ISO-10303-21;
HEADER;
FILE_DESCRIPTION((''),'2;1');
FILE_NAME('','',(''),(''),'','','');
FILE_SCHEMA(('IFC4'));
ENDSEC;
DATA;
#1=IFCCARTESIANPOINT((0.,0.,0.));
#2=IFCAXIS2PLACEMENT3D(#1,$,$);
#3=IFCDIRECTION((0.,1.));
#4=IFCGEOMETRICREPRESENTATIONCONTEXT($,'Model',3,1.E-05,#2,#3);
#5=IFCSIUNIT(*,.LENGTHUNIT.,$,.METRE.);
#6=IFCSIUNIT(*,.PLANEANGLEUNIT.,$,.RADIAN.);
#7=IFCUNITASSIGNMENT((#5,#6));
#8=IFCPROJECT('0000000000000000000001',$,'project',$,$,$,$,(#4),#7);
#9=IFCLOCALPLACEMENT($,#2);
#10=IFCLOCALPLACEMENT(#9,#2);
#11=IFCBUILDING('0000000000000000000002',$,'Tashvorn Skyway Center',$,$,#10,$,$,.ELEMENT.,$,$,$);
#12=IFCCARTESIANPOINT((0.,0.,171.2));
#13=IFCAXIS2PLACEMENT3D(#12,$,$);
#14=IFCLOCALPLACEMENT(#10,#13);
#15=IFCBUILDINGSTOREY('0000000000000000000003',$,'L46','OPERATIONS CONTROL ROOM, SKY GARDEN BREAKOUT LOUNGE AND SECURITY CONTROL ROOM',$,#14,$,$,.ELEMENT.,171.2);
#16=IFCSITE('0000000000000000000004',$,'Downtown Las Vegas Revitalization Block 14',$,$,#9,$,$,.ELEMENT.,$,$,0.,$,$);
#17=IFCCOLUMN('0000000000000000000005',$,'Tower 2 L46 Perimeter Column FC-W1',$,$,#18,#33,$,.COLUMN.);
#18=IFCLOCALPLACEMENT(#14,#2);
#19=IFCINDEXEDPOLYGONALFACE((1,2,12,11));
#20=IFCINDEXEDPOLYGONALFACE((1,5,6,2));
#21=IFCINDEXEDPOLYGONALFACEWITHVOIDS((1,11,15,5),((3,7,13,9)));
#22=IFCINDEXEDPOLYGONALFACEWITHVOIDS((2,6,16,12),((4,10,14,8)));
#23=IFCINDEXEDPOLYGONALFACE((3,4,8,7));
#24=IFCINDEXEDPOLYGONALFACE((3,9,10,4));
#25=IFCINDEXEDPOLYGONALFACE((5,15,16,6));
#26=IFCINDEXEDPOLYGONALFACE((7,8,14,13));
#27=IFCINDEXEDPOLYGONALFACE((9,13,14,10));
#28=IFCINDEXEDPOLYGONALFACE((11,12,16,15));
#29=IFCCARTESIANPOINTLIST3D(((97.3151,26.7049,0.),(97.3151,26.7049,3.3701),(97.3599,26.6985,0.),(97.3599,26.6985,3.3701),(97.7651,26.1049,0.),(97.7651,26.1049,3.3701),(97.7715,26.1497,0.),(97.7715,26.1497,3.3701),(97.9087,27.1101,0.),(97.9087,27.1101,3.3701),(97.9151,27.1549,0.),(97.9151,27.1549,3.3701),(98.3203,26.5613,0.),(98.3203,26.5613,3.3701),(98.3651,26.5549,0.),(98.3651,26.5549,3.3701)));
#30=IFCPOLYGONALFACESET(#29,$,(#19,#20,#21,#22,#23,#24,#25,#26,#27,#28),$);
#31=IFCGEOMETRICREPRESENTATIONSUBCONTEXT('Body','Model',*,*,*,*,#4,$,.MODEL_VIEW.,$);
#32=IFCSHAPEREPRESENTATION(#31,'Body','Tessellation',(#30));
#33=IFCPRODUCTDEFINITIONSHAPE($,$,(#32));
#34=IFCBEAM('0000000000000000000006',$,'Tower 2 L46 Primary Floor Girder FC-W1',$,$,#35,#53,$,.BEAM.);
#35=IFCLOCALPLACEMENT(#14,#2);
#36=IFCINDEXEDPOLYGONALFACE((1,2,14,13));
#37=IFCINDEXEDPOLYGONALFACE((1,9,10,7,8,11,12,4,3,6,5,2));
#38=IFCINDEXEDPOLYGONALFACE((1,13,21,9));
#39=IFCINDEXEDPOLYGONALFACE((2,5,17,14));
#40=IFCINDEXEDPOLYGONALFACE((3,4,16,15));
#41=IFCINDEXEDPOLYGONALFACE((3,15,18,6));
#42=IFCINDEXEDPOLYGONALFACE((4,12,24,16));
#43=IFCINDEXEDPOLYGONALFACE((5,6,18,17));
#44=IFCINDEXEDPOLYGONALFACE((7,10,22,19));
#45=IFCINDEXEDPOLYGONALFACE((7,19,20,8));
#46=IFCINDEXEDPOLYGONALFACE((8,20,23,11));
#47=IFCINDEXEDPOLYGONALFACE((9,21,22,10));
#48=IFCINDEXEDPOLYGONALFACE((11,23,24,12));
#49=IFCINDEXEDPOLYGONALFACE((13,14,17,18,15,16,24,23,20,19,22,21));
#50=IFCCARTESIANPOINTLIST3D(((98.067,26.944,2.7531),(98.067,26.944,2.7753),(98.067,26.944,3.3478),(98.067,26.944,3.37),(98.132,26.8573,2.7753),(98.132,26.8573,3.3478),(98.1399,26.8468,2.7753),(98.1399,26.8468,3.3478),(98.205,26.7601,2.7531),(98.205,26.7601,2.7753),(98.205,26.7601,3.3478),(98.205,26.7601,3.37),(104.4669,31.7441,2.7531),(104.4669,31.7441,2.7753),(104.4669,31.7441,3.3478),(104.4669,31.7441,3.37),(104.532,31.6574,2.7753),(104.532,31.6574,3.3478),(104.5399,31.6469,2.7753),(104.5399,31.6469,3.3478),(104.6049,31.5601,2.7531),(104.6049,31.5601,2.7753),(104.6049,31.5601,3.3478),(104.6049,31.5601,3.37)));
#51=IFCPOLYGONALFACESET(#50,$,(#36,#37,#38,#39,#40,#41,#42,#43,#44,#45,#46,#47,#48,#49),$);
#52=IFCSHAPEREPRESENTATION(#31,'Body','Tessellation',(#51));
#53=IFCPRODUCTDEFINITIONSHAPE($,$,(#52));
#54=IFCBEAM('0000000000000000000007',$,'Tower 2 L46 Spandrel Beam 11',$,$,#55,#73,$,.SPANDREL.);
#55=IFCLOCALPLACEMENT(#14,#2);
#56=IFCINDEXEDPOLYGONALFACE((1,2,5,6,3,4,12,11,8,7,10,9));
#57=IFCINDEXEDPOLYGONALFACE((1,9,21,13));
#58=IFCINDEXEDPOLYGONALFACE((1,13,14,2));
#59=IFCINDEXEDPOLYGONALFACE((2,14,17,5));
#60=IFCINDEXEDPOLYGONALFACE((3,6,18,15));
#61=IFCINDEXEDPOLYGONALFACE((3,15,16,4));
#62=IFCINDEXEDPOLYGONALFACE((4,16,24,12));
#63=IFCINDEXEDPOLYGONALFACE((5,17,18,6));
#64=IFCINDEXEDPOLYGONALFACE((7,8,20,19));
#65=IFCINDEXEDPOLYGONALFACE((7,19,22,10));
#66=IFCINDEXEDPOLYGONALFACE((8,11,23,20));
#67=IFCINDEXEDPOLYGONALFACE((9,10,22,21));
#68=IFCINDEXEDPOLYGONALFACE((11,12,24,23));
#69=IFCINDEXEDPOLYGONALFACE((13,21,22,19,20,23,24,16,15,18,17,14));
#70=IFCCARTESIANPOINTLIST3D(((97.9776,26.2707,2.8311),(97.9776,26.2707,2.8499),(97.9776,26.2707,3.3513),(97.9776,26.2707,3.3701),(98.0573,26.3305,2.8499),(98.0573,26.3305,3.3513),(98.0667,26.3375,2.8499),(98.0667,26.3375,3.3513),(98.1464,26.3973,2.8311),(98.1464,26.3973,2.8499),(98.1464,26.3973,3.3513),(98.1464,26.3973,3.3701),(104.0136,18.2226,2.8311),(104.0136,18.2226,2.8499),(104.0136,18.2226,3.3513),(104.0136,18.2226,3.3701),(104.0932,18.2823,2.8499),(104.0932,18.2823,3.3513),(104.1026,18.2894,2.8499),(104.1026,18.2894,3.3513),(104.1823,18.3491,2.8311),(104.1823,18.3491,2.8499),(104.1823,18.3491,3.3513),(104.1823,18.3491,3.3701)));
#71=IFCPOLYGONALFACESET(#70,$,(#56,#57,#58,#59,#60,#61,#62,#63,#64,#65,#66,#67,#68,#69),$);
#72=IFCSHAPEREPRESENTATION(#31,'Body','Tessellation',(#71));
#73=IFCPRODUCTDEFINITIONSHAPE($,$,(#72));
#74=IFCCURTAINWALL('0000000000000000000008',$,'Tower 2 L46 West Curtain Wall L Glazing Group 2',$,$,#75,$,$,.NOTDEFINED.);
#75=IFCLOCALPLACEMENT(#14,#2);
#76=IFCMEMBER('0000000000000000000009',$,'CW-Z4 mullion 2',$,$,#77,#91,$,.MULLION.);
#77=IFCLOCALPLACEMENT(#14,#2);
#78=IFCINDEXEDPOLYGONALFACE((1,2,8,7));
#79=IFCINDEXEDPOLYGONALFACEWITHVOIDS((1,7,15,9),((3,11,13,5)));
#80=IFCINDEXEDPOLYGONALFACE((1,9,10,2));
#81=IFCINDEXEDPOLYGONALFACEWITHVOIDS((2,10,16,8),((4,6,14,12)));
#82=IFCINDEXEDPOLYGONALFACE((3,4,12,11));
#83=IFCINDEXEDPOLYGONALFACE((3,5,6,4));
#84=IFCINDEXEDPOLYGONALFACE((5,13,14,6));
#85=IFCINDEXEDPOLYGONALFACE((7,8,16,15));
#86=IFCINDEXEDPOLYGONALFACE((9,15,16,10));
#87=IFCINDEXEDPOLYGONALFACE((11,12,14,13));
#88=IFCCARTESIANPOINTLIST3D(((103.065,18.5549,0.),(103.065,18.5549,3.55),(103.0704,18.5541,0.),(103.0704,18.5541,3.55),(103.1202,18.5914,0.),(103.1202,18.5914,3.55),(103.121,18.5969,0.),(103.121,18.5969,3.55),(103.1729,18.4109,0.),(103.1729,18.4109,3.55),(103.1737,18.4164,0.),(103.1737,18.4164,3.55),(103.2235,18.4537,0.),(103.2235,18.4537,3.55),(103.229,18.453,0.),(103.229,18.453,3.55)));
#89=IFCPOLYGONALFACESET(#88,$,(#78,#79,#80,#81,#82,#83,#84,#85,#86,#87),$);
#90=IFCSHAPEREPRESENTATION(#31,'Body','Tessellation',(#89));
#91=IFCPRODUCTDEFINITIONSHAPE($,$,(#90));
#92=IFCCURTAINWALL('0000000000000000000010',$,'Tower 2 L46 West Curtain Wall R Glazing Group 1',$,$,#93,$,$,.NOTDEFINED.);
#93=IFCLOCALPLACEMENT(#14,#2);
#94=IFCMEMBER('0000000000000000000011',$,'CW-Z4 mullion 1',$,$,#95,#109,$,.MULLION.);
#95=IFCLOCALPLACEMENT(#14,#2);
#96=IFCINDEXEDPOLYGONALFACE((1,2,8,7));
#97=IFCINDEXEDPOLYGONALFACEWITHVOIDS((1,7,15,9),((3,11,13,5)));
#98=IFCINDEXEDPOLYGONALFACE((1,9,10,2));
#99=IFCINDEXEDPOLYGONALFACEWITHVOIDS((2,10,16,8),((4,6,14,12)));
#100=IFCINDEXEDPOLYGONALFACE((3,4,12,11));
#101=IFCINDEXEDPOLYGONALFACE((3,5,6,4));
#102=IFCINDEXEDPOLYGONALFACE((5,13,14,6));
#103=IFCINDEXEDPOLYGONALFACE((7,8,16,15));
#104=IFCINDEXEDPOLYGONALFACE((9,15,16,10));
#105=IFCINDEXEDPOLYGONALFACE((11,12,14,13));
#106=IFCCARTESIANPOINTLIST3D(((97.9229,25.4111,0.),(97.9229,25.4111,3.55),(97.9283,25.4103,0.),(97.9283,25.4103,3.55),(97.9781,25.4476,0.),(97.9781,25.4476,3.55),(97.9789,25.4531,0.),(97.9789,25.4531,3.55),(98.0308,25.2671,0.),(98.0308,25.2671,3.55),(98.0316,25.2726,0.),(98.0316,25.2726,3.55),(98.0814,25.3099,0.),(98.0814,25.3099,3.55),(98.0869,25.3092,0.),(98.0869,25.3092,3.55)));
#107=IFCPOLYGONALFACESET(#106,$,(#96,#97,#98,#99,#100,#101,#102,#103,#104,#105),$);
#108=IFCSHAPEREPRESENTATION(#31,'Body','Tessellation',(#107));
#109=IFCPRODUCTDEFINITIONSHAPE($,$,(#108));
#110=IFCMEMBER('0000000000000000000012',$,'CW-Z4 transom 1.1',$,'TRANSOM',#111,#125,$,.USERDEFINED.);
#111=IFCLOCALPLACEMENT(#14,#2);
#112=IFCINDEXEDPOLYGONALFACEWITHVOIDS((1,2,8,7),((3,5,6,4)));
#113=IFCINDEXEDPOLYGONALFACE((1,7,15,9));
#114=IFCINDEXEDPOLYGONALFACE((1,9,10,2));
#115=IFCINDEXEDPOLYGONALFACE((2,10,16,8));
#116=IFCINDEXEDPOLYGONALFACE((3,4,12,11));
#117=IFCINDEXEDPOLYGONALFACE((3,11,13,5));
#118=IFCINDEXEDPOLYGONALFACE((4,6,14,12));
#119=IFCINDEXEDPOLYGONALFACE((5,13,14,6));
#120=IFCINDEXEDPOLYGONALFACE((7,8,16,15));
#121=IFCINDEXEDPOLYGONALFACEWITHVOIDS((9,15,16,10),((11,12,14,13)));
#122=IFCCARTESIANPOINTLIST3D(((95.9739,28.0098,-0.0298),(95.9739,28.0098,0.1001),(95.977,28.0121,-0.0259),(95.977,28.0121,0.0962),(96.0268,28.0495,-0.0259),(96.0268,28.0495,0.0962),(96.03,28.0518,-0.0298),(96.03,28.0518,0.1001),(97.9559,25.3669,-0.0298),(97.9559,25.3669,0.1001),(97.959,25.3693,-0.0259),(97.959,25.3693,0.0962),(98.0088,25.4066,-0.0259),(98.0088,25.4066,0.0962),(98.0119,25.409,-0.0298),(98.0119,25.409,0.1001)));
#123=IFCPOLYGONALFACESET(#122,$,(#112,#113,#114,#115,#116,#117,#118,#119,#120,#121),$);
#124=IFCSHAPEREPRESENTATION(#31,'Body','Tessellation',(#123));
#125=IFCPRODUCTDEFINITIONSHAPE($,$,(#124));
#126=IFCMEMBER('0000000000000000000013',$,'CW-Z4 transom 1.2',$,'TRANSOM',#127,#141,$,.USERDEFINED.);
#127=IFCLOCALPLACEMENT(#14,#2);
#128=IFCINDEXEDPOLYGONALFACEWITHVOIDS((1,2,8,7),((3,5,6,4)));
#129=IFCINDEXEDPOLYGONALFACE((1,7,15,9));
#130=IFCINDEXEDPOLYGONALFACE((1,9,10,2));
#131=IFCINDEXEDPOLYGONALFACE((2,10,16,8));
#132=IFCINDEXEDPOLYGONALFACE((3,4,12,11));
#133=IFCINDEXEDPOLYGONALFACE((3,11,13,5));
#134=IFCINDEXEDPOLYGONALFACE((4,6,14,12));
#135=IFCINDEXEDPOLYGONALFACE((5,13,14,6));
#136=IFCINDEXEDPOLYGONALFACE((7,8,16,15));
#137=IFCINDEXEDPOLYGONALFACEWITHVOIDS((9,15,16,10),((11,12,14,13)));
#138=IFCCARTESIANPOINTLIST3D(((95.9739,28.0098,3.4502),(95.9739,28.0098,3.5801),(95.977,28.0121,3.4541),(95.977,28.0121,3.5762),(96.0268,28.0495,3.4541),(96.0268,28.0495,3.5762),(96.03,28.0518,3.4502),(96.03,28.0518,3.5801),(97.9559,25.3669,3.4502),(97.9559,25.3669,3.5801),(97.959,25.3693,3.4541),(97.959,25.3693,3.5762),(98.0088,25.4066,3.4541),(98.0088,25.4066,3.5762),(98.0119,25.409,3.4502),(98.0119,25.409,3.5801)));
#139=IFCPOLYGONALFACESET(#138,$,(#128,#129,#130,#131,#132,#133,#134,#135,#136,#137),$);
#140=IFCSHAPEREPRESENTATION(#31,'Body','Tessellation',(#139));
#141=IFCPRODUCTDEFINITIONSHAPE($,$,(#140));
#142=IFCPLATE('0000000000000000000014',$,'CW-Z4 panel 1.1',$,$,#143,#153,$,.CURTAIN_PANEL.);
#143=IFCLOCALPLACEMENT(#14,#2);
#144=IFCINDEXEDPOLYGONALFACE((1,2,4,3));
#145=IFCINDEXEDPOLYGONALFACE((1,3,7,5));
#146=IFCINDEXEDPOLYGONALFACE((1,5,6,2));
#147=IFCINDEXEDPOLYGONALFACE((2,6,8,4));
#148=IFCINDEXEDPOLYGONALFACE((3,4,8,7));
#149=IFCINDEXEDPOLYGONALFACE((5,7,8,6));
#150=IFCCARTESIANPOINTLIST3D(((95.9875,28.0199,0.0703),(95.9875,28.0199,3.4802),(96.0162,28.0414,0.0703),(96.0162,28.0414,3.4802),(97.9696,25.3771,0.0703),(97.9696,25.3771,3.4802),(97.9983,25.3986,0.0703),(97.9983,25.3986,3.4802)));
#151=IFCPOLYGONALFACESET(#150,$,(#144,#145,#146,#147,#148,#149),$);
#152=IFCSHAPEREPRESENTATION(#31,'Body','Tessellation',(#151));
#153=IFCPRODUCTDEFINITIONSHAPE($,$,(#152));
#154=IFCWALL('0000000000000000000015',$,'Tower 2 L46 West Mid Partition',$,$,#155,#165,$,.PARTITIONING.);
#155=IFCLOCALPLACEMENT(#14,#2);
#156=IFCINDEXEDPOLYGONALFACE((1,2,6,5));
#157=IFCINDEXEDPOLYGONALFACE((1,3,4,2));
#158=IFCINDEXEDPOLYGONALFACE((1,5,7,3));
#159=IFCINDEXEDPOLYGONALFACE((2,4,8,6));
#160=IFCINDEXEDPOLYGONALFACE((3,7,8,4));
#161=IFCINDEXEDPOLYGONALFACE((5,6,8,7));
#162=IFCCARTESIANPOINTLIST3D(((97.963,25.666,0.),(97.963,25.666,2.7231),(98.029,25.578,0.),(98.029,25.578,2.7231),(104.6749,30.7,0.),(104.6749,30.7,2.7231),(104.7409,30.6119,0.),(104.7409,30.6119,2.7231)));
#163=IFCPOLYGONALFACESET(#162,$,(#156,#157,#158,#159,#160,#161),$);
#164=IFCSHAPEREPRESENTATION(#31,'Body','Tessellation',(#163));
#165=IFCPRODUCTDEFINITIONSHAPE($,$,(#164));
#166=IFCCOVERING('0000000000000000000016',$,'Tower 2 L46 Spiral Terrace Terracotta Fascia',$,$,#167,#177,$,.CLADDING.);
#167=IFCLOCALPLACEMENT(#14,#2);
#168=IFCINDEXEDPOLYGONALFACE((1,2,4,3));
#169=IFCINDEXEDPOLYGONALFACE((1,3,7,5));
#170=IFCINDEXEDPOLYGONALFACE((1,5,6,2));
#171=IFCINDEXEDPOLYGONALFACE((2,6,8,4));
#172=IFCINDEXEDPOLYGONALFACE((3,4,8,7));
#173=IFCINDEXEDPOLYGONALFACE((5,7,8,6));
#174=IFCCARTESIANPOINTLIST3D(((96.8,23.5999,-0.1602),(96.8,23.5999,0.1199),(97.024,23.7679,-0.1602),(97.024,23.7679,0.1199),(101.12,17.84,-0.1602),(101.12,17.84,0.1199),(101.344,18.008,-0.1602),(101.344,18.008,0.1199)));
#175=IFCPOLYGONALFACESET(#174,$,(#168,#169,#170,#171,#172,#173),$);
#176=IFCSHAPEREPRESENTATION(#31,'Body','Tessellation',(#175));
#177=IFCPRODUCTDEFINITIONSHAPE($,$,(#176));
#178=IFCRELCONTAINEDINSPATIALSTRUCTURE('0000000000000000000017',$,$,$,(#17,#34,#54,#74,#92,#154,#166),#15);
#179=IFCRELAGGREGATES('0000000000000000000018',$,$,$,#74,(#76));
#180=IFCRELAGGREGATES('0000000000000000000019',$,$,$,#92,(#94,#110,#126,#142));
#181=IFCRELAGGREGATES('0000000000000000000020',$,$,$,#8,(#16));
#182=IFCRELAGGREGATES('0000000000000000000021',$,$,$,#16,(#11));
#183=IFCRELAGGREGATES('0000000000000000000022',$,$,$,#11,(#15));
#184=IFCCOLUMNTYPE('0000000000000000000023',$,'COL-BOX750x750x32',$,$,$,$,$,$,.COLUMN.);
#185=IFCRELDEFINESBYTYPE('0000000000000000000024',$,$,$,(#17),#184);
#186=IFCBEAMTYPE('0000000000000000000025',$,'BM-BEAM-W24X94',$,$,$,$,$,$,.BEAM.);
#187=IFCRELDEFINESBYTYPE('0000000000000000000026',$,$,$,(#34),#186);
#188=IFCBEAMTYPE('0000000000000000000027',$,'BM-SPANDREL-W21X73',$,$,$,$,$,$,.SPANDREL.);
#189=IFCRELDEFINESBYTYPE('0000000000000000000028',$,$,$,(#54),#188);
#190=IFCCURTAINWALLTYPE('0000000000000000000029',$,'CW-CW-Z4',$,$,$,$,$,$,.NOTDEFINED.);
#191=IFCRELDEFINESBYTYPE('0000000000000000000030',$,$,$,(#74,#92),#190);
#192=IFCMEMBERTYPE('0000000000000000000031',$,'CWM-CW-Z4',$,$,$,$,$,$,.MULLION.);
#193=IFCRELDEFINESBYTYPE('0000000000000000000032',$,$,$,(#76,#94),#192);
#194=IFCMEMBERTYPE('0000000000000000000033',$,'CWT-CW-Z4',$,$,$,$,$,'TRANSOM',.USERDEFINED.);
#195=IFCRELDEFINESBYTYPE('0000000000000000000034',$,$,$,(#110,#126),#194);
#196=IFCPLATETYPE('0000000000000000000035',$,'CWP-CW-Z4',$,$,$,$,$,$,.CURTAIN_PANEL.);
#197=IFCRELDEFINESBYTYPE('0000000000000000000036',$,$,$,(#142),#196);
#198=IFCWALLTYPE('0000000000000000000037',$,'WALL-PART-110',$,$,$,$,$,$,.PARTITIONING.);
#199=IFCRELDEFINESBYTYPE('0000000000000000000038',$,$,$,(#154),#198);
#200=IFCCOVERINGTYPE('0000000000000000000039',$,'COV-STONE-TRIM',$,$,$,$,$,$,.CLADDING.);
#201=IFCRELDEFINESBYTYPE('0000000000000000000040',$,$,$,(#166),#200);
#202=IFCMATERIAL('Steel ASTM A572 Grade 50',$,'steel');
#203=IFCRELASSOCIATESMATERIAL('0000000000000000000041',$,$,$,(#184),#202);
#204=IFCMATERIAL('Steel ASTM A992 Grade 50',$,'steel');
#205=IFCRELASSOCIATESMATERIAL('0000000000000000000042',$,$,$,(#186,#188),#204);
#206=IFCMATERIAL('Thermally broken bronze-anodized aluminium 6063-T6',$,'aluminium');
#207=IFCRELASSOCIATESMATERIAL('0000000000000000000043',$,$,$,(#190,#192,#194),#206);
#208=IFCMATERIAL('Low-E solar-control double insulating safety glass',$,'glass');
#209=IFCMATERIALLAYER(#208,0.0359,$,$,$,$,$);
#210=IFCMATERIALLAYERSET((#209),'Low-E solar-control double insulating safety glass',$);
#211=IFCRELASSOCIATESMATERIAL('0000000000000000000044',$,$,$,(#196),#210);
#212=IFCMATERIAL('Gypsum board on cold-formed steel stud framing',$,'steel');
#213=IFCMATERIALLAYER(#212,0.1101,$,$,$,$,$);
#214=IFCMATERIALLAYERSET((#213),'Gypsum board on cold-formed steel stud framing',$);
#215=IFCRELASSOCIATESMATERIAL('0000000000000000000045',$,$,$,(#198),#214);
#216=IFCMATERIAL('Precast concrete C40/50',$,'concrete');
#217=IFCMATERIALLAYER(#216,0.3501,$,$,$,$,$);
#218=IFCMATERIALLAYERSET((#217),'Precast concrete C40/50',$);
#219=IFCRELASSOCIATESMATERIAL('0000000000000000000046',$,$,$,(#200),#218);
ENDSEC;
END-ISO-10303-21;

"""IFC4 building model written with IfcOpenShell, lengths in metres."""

from ifc_helpers import new_model, si_unit, direction, frame, frame_2d, origin, origin_2d, place, context, subcontext, project, spatial, rectangle, hollow_rectangle, i_section, extrude, material, layer, layer_set, material_profile, profile_set, type_object, element, aggregate, save


model = new_model("IFC4")

# Units and contexts
model_context = context("Model", 3, precision=1e-05, world=origin(), true_north=direction((0.0, 1.0)))
body_context = subcontext(model_context, "Body", "Model", "MODEL_VIEW")
ifc_project = project(units=[si_unit("LENGTHUNIT", "METRE"), si_unit("PLANEANGLEUNIT", "RADIAN")], contexts=[model_context])

# Site, building, storey
site_placement = place(None, origin())
site = spatial("IfcSite", under=ifc_project, at=site_placement, Name="Downtown Las Vegas Revitalization Block 14", CompositionType="ELEMENT", RefElevation=0.0)
building_placement = place(site_placement, origin())
building = spatial("IfcBuilding", under=site, at=building_placement, Name="Tashvorn Skyway Center", CompositionType="ELEMENT")
storey_placement = place(building_placement, frame((0.0, 0.0, 171.2)))
storey = spatial("IfcBuildingStorey", under=building, at=storey_placement, Name="L46", Description="OPERATIONS CONTROL ROOM, SKY GARDEN BREAKOUT LOUNGE AND SECURITY CONTROL ROOM", CompositionType="ELEMENT", Elevation=171.2)

# Column
ifc_material_1 = material(Name="Steel ASTM A572 Grade 50", Category="steel")
ifc_material_profile_1 = material_profile(ifc_material_1, hollow_rectangle(XDim=0.75, YDim=0.75, WallThickness=0.032, at=origin_2d()), Name="BOX750x750x32")
ifc_profile_set_1 = profile_set([ifc_material_profile_1], Name="Steel ASTM A572 Grade 50")
column_type = type_object("IfcColumnType", Name="COL-BOX750x750x32", PredefinedType="COLUMN", material=ifc_profile_set_1)
column_placement = place(storey_placement, frame((97.8401, 26.6299, 0.0), z_axis=(0.0, 0.0, 1.0), x_axis=(0.8, 0.6, 0.0)))
element("IfcColumn", 1, at=column_placement, inside=storey, type_object=column_type, Name="Tower 2 L46 Perimeter Column FC-W1", PredefinedType="COLUMN", context=body_context, shape_type="SweptSolid", body=[
    extrude(hollow_rectangle(XDim=0.75, YDim=0.75, WallThickness=0.032, at=origin_2d()), origin(), (0.0, 0.0, 1.0), 3.3701),
])

# Beams
ifc_material_2 = material(Name="Steel ASTM A992 Grade 50", Category="steel")
ifc_material_profile_2 = material_profile(ifc_material_2, i_section(OverallWidth=0.23, OverallDepth=0.6169, WebThickness=0.0132, FlangeThickness=0.0222, at=origin_2d()), Name="W24X94")
ifc_profile_set_2 = profile_set([ifc_material_profile_2], Name="Steel ASTM A992 Grade 50")
beam_type_1 = type_object("IfcBeamType", Name="BM-BEAM-W24X94", PredefinedType="BEAM", material=ifc_profile_set_2)
beam_1_placement = place(storey_placement, frame((98.136, 26.8521, 3.0615), z_axis=(0.799993, 0.60001, 0.0), x_axis=(-0.60001, 0.799993, 0.0)))
element("IfcBeam", 2, at=beam_1_placement, inside=storey, type_object=beam_type_1, Name="Tower 2 L46 Primary Floor Girder FC-W1", PredefinedType="BEAM", context=body_context, shape_type="SweptSolid", body=[
    extrude(i_section(OverallWidth=0.23, OverallDepth=0.6169, WebThickness=0.0132, FlangeThickness=0.0222, at=origin_2d()), origin(), (0.0, 0.0, 1.0), 8.0),
])
ifc_material_profile_3 = material_profile(ifc_material_2, i_section(OverallWidth=0.2109, OverallDepth=0.5391, WebThickness=0.0117, FlangeThickness=0.0188, at=origin_2d()), Name="W21X73")
ifc_profile_set_3 = profile_set([ifc_material_profile_3], Name="Steel ASTM A992 Grade 50")
beam_type_2 = type_object("IfcBeamType", Name="BM-SPANDREL-W21X73", PredefinedType="SPANDREL", material=ifc_profile_set_3)
beam_2_placement = place(storey_placement, frame((98.062, 26.334, 3.1006), z_axis=(0.599988, -0.800009, 0.0), x_axis=(0.800009, 0.599988, 0.0)))
element("IfcBeam", 3, at=beam_2_placement, inside=storey, type_object=beam_type_2, Name="Tower 2 L46 Spandrel Beam 11", PredefinedType="SPANDREL", context=body_context, shape_type="SweptSolid", body=[
    extrude(i_section(OverallWidth=0.2109, OverallDepth=0.5391, WebThickness=0.0117, FlangeThickness=0.0188, at=origin_2d()), origin(), (0.0, 0.0, 1.0), 10.0601),
])

# Curtain wall, member
ifc_material_3 = material(Name="Thermally broken bronze-anodized aluminium 6063-T6", Category="aluminium")
curtain_wall_type = type_object("IfcCurtainWallType", Name="CW-CW-Z4", PredefinedType="NOTDEFINED", material=ifc_material_3)
curtain_wall_1_placement = place(storey_placement, origin())
curtain_wall_1 = element("IfcCurtainWall", 4, at=curtain_wall_1_placement, inside=storey, type_object=curtain_wall_type, Name="Tower 2 L46 West Curtain Wall L Glazing Group 2", PredefinedType="NOTDEFINED")
ifc_material_profile_4 = material_profile(ifc_material_3, hollow_rectangle(XDim=0.0701, YDim=0.1799, WallThickness=0.0039, at=origin_2d()), Name="ALU-MULL-70x180")
ifc_profile_set_4 = profile_set([ifc_material_profile_4], Name="Thermally broken bronze-anodized aluminium 6063-T6")
member_type_1 = type_object("IfcMemberType", Name="CWM-CW-Z4", PredefinedType="MULLION", material=ifc_profile_set_4)
member_1_placement = place(storey_placement, frame((103.147, 18.5039, 0.0), z_axis=(0.0, 0.0, 1.0), x_axis=(-0.800003, -0.599995, 0.0)))
member_1 = element("IfcMember", 5, at=member_1_placement, type_object=member_type_1, Name="CW-Z4 mullion 2", PredefinedType="MULLION", context=body_context, shape_type="SweptSolid", body=[
    extrude(hollow_rectangle(XDim=0.0701, YDim=0.1799, WallThickness=0.0039, at=origin_2d()), origin(), (0.0, 0.0, 1.0), 3.55),
])
aggregate(curtain_wall_1, [member_1])

# Curtain wall, members, plate
curtain_wall_2_placement = place(storey_placement, origin())
curtain_wall_2 = element("IfcCurtainWall", 6, at=curtain_wall_2_placement, inside=storey, type_object=curtain_wall_type, Name="Tower 2 L46 West Curtain Wall R Glazing Group 1", PredefinedType="NOTDEFINED")
member_2_placement = place(storey_placement, frame((98.0049, 25.3601, 0.0), z_axis=(0.0, 0.0, 1.0), x_axis=(-0.800003, -0.599995, 0.0)))
member_2 = element("IfcMember", 7, at=member_2_placement, type_object=member_type_1, Name="CW-Z4 mullion 1", PredefinedType="MULLION", context=body_context, shape_type="SweptSolid", body=[
    extrude(hollow_rectangle(XDim=0.0701, YDim=0.1799, WallThickness=0.0039, at=origin_2d()), origin(), (0.0, 0.0, 1.0), 3.55),
])
ifc_material_profile_5 = material_profile(ifc_material_3, hollow_rectangle(XDim=0.0701, YDim=0.1299, WallThickness=0.0039, at=origin_2d()), Name="ALU-TRAN-70x130")
ifc_profile_set_5 = profile_set([ifc_material_profile_5], Name="Thermally broken bronze-anodized aluminium 6063-T6")
member_type_2 = type_object("IfcMemberType", Name="CWT-CW-Z4", ElementType="TRANSOM", PredefinedType="USERDEFINED", material=ifc_profile_set_5)
member_3_placement = place(storey_placement, frame((97.9839, 25.3879, 0.0352), z_axis=(-0.599965, 0.800027, 0.0), x_axis=(-0.800027, -0.599965, 0.0)))
member_3 = element("IfcMember", 8, at=member_3_placement, type_object=member_type_2, Name="CW-Z4 transom 1.1", ObjectType="TRANSOM", PredefinedType="USERDEFINED", context=body_context, shape_type="SweptSolid", body=[
    extrude(hollow_rectangle(XDim=0.0701, YDim=0.1299, WallThickness=0.0039, at=origin_2d()), origin(), (0.0, 0.0, 1.0), 3.3035),
])
member_4_placement = place(storey_placement, frame((97.9839, 25.3879, 3.5151), z_axis=(-0.599965, 0.800027, 0.0), x_axis=(-0.800027, -0.599965, 0.0)))
member_4 = element("IfcMember", 9, at=member_4_placement, type_object=member_type_2, Name="CW-Z4 transom 1.2", ObjectType="TRANSOM", PredefinedType="USERDEFINED", context=body_context, shape_type="SweptSolid", body=[
    extrude(hollow_rectangle(XDim=0.0701, YDim=0.1299, WallThickness=0.0039, at=origin_2d()), origin(), (0.0, 0.0, 1.0), 3.3035),
])
ifc_material_4 = material(Name="Low-E solar-control double insulating safety glass", Category="glass")
ifc_layer_1 = layer(ifc_material_4, 0.0359)
ifc_layer_set_1 = layer_set([ifc_layer_1], Name="Low-E solar-control double insulating safety glass")
plate_type = type_object("IfcPlateType", Name="CWP-CW-Z4", PredefinedType="CURTAIN_PANEL", material=ifc_layer_set_1)
plate_placement = place(storey_placement, frame((96.9929, 26.7092, 0.0703), z_axis=(0.0, 0.0, 1.0), x_axis=(-0.599995, 0.800003, 0.0)))
plate = element("IfcPlate", 10, at=plate_placement, type_object=plate_type, Name="CW-Z4 panel 1.1", PredefinedType="CURTAIN_PANEL", context=body_context, shape_type="SweptSolid", body=[
    extrude(rectangle(XDim=3.3035, YDim=0.0359, at=origin_2d()), origin(), (0.0, 0.0, 1.0), 3.4099),
])
aggregate(curtain_wall_2, [member_2, member_3, member_4, plate])

# Shared definitions
ifc_material_5 = material(Name="Precast concrete C40/50", Category="concrete")

# Wall
ifc_material_6 = material(Name="Gypsum board on cold-formed steel stud framing", Category="steel")
ifc_layer_2 = layer(ifc_material_6, 0.1101)
ifc_layer_set_2 = layer_set([ifc_layer_2], Name="Gypsum board on cold-formed steel stud framing")
wall_type_1 = type_object("IfcWallType", Name="WALL-PART-110", PredefinedType="PARTITIONING", material=ifc_layer_set_2)
wall_1_placement = place(storey_placement, frame((97.9961, 25.6221, 0.0), z_axis=(0.0, 0.0, 1.0), x_axis=(0.8, 0.6, 0.0)))
element("IfcWall", 11, at=wall_1_placement, inside=storey, type_object=wall_type_1, Name="Tower 2 L46 West Mid Partition", PredefinedType="PARTITIONING", context=body_context, shape_type="SweptSolid", body=[
    extrude(rectangle(XDim=8.3899, YDim=0.1101, at=frame_2d((4.1948, 0.0))), origin(), (0.0, 0.0, 1.0), 2.7231),
])

# Covering
ifc_layer_3 = layer(ifc_material_5, 0.3501)
ifc_layer_set_3 = layer_set([ifc_layer_3], Name="Precast concrete C40/50")
covering_type = type_object("IfcCoveringType", Name="COV-STONE-TRIM", PredefinedType="CLADDING", material=ifc_layer_set_3)
covering_1_placement = place(storey_placement, frame((99.072, 20.804, -0.1602), z_axis=(0.0, 0.0, 1.0), x_axis=(-0.6, 0.8, 0.0)))
element("IfcCovering", 12, at=covering_1_placement, inside=storey, type_object=covering_type, Name="Tower 2 L46 Spiral Terrace Terracotta Fascia", PredefinedType="CLADDING", context=body_context, shape_type="SweptSolid", body=[
    extrude(rectangle(XDim=7.2, YDim=0.28, at=origin_2d()), origin(), (0.0, 0.0, 1.0), 0.28),
])

save(model, "model.ifc")
